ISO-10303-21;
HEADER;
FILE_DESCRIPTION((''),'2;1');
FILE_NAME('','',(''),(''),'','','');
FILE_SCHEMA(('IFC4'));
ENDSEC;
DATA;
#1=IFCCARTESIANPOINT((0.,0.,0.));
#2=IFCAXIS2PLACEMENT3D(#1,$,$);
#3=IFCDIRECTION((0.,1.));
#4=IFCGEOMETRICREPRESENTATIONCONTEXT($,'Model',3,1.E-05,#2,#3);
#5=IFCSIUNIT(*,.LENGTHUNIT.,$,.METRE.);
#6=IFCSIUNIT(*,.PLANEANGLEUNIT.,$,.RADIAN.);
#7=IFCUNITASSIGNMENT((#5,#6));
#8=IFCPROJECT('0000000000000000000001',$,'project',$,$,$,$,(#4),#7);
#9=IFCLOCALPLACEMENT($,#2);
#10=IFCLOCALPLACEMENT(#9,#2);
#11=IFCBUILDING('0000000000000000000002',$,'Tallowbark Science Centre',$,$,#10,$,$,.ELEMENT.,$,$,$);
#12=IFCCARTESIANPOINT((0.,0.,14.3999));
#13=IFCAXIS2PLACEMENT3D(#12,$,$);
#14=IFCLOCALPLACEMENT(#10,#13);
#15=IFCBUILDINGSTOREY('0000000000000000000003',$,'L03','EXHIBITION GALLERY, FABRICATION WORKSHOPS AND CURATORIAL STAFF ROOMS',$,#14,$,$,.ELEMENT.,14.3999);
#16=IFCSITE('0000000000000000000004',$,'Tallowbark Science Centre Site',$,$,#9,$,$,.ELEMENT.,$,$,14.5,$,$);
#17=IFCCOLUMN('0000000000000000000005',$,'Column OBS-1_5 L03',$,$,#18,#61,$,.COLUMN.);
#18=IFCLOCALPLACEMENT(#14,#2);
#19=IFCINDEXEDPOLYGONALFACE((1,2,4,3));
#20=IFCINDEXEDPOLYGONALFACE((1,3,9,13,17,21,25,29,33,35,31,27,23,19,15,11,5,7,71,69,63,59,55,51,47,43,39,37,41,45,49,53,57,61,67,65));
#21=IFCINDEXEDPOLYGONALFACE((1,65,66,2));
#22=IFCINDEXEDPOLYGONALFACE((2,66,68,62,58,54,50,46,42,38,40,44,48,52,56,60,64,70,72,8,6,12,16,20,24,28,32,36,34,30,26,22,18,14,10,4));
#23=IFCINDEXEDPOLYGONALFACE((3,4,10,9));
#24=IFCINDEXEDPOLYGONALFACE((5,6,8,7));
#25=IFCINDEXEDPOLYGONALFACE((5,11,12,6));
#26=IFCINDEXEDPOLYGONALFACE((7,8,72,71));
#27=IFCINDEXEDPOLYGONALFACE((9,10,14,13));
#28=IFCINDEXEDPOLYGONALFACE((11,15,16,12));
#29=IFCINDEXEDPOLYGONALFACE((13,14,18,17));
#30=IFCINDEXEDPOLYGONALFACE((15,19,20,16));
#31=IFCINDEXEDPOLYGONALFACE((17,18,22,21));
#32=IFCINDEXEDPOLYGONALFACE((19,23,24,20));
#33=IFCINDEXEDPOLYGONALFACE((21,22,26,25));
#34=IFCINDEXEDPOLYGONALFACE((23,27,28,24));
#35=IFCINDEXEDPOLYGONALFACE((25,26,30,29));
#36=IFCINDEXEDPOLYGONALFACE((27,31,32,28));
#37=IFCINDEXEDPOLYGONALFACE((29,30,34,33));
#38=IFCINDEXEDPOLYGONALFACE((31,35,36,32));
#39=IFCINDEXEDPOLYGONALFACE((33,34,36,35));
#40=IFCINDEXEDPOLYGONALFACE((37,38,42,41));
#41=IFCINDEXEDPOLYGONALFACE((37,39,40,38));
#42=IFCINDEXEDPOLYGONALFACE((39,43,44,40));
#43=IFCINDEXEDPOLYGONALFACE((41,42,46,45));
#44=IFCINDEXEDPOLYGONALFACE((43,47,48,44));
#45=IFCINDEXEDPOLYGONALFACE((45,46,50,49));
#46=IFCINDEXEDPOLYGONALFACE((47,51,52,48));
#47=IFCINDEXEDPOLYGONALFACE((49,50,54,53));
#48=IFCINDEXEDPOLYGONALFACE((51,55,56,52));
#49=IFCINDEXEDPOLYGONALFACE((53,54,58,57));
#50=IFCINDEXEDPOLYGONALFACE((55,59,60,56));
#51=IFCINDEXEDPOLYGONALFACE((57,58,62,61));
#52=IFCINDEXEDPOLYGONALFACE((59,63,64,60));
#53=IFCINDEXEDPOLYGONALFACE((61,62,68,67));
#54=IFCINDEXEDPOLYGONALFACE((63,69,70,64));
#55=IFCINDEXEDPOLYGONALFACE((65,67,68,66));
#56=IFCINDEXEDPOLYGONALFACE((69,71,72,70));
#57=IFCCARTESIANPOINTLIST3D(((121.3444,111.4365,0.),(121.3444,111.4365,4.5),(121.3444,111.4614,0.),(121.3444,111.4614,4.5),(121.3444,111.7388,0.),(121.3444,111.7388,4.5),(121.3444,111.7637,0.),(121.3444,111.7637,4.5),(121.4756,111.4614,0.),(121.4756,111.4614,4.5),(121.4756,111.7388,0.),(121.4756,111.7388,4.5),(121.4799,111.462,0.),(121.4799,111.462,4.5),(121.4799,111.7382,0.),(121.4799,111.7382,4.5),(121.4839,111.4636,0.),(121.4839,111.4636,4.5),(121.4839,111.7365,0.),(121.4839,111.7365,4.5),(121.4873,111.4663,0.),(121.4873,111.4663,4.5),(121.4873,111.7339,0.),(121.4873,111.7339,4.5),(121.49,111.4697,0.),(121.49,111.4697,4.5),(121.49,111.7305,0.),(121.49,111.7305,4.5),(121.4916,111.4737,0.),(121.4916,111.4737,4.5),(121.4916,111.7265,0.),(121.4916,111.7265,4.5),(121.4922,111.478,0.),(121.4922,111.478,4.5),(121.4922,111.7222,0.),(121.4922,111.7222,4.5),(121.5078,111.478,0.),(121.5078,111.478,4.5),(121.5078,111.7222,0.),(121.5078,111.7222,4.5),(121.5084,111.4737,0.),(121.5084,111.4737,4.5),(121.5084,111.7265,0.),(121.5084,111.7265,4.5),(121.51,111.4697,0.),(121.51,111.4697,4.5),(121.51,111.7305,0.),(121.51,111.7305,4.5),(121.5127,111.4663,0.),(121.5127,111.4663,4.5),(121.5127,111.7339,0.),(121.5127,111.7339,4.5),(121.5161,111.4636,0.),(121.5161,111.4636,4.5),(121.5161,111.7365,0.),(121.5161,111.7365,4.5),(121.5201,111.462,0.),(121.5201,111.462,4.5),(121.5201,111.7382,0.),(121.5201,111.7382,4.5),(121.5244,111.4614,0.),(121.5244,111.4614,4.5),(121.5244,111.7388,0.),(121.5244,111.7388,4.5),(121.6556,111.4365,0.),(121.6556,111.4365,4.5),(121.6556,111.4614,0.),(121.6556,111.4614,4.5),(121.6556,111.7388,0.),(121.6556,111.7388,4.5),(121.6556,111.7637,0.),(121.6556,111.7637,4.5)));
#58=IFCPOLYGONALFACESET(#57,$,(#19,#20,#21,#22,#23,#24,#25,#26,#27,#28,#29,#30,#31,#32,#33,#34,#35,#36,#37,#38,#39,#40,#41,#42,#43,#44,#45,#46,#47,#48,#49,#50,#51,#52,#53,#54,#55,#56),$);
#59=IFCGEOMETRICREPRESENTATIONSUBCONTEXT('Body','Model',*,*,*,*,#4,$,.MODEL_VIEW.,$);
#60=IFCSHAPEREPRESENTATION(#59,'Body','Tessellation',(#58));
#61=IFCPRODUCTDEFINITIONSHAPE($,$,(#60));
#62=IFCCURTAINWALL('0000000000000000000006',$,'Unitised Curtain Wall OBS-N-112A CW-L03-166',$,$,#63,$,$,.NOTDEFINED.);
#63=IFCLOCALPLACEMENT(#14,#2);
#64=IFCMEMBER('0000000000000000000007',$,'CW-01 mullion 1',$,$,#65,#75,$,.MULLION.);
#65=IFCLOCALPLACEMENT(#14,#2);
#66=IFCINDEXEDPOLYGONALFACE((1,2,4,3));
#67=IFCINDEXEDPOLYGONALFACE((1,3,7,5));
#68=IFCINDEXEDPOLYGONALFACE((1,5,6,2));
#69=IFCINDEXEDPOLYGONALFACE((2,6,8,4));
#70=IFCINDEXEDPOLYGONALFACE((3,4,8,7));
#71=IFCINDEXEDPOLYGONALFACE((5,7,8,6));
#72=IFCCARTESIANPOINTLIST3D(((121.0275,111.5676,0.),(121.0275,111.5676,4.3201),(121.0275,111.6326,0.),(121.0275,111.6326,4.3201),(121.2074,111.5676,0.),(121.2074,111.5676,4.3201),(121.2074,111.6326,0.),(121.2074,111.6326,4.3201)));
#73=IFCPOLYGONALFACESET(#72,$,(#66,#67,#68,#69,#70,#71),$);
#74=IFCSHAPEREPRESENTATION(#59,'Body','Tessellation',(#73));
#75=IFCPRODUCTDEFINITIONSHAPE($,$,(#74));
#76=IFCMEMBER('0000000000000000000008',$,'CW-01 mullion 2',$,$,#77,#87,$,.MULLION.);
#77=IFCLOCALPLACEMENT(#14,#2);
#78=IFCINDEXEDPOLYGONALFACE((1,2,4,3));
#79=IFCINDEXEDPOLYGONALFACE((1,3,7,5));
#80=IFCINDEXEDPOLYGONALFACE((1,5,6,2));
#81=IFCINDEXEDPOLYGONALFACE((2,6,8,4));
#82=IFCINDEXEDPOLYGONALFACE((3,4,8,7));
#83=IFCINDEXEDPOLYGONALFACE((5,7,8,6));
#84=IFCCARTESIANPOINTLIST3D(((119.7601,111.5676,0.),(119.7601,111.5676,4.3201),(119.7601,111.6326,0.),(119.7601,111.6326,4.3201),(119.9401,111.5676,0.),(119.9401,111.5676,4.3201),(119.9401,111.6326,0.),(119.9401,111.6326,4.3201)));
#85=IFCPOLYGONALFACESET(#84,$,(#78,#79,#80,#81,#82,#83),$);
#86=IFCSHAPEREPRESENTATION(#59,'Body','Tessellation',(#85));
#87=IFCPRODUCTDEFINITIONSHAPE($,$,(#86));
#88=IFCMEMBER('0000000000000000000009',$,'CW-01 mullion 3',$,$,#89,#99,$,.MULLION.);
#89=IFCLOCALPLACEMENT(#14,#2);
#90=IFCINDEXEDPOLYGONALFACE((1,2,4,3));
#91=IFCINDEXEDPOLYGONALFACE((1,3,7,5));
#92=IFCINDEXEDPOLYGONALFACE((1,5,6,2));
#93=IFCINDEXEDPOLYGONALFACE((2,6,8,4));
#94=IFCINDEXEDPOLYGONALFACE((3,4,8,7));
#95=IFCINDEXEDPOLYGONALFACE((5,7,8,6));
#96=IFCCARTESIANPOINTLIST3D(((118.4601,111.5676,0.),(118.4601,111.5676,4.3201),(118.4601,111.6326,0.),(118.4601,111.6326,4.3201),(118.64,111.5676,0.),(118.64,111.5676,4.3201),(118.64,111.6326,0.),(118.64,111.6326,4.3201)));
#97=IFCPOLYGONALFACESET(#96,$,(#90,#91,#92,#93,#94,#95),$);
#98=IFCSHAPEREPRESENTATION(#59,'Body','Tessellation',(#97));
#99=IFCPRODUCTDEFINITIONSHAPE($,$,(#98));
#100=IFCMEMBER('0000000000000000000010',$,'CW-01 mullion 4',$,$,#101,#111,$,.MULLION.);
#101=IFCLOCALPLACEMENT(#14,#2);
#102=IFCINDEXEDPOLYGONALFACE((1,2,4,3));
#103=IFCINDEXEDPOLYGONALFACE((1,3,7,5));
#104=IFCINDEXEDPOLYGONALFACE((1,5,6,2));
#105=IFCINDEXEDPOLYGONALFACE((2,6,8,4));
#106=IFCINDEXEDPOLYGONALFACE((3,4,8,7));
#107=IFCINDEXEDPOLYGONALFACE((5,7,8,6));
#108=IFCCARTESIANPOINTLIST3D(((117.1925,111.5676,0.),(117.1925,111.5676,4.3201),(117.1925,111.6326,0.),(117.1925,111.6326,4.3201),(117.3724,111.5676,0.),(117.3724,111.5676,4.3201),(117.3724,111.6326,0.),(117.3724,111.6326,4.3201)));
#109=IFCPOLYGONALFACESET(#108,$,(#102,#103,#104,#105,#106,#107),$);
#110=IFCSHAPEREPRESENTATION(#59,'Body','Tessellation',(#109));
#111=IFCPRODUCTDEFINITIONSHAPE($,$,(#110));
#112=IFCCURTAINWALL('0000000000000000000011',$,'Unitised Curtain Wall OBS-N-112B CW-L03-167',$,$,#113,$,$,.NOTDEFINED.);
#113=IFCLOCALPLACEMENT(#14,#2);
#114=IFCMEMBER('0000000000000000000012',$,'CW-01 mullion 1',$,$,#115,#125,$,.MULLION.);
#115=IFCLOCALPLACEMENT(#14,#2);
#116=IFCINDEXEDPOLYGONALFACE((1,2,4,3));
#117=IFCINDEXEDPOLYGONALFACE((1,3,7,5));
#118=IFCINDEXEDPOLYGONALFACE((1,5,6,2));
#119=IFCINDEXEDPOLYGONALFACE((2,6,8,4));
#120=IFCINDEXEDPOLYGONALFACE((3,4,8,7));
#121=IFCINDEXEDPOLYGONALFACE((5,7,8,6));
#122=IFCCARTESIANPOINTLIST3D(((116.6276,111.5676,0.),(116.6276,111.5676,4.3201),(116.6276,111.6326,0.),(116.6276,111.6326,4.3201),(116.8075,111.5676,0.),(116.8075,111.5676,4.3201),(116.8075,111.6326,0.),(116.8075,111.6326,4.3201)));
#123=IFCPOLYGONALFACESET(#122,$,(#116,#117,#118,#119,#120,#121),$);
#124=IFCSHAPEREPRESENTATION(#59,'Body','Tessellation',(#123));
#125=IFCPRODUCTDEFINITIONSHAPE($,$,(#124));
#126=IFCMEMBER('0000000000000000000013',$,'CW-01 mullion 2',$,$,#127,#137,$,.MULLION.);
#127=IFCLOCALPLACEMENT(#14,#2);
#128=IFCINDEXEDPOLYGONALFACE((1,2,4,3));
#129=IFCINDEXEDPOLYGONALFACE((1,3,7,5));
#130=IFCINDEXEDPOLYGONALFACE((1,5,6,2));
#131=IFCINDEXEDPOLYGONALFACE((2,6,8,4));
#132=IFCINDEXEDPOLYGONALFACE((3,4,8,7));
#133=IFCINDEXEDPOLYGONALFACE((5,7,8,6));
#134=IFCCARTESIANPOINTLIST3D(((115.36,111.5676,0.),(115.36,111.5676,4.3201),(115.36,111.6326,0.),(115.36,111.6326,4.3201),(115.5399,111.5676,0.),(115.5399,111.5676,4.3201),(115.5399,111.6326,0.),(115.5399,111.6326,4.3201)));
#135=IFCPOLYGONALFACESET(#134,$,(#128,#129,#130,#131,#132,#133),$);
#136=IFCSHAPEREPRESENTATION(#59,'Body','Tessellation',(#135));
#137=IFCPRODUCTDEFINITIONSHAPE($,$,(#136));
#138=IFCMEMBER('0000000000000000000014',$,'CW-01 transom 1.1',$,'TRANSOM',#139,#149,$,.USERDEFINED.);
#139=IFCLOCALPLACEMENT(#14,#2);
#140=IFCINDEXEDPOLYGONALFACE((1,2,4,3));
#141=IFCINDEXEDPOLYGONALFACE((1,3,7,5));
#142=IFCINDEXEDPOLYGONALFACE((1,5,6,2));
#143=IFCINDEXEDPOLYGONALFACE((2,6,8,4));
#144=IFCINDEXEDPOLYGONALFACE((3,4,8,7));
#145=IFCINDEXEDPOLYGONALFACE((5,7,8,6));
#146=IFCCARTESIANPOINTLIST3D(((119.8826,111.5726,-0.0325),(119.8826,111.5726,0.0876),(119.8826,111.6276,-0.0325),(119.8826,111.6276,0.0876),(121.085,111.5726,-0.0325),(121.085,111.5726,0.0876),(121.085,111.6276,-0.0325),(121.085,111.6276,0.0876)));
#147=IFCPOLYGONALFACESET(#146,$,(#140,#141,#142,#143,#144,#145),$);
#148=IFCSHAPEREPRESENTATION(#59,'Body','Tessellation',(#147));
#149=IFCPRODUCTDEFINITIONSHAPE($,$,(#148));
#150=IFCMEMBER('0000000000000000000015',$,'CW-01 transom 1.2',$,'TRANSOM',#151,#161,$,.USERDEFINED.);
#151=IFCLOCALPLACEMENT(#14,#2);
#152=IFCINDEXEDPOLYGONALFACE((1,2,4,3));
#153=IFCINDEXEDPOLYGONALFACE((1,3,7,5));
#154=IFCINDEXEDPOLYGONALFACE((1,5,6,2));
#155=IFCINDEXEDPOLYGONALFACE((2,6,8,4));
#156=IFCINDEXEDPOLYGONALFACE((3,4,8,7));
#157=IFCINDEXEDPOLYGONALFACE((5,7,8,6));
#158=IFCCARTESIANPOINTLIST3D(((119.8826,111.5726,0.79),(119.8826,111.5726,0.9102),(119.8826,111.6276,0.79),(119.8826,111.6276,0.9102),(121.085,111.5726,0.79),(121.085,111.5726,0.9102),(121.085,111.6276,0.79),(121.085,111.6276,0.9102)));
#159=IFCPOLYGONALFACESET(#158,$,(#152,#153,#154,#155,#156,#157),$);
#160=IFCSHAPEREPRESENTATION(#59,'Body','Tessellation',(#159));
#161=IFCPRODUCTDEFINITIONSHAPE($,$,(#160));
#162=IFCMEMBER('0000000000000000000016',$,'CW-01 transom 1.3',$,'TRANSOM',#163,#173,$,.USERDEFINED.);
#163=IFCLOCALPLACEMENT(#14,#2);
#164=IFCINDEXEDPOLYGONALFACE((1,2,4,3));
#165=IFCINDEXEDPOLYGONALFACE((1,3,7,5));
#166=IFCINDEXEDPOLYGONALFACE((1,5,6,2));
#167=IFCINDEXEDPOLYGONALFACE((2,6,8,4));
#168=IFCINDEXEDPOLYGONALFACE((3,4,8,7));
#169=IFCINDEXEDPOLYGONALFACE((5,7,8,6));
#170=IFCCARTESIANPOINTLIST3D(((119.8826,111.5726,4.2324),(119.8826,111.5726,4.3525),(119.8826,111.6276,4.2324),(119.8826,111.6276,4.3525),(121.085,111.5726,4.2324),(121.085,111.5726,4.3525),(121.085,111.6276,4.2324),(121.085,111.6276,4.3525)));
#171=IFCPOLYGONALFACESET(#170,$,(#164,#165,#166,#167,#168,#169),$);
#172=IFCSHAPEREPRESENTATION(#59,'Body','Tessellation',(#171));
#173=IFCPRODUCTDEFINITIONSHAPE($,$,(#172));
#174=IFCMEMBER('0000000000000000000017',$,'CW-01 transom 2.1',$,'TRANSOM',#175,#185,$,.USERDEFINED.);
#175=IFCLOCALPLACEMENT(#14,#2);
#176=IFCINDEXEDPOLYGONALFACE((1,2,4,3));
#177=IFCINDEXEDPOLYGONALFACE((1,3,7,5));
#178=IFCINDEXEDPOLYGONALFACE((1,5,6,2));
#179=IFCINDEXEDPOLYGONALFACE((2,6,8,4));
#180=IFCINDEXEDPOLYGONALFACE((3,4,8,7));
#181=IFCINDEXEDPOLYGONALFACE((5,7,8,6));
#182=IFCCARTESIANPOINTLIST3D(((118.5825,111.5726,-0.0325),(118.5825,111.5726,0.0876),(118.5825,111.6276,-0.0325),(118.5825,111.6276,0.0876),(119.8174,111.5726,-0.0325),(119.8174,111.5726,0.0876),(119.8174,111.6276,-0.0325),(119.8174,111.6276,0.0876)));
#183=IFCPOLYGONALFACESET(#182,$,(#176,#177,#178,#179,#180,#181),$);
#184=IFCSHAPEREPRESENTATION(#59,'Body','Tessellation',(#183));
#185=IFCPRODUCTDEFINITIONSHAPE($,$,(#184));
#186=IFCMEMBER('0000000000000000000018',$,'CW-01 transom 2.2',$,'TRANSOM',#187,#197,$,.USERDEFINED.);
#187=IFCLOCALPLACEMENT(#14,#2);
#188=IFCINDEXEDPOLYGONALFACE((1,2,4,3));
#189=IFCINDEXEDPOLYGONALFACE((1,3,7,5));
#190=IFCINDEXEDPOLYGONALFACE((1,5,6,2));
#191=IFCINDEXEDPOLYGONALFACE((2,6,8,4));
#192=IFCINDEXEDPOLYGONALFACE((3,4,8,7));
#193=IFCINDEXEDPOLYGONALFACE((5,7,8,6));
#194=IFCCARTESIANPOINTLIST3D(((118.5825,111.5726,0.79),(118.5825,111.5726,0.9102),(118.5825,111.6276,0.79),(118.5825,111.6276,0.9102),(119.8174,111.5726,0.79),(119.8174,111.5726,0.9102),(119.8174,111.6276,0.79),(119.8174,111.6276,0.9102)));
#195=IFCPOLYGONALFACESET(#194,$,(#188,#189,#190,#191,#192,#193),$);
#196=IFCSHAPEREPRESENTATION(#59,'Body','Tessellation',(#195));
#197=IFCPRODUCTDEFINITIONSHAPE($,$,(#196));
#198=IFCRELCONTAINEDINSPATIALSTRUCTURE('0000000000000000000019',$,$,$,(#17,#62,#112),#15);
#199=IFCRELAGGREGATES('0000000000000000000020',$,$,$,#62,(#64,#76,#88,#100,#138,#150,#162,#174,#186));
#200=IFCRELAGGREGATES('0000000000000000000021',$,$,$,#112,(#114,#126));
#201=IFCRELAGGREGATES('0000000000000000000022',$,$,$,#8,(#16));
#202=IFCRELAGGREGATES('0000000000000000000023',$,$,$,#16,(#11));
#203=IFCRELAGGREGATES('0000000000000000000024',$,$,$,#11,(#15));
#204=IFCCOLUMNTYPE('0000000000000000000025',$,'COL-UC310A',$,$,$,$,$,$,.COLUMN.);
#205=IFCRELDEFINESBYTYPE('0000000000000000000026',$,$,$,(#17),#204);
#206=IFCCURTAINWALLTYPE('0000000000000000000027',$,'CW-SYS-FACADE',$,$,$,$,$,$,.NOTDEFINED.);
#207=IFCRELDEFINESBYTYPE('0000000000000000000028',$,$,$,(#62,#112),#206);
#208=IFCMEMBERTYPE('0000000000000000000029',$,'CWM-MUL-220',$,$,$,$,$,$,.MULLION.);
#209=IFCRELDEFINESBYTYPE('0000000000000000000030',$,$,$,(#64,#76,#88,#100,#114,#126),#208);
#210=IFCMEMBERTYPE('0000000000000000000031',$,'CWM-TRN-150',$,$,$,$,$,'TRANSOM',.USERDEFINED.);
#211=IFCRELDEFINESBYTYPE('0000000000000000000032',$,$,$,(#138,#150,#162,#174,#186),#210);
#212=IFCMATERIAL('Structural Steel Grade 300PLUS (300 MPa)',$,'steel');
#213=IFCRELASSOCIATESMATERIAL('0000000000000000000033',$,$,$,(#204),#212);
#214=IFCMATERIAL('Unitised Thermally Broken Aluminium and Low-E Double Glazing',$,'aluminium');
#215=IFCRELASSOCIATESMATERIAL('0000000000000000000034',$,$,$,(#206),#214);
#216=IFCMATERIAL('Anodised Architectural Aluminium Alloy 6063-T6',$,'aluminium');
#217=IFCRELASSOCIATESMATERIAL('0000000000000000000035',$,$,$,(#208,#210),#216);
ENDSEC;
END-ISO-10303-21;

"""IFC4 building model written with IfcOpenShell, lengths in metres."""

from ifc_helpers import new_model, si_unit, direction, frame, origin, origin_2d, place, context, subcontext, project, spatial, rectangle, i_section, extrude, material, material_profile, profile_set, type_object, element, aggregate, save


model = new_model("IFC4")

# Units and contexts
model_context = context("Model", 3, precision=1e-05, world=origin(), true_north=direction((0.0, 1.0)))
body_context = subcontext(model_context, "Body", "Model", "MODEL_VIEW")
ifc_project = project(units=[si_unit("LENGTHUNIT", "METRE"), si_unit("PLANEANGLEUNIT", "RADIAN")], contexts=[model_context])

# Site, building, storey
site_placement = place(None, origin())
site = spatial("IfcSite", under=ifc_project, at=site_placement, Name="Tallowbark Science Centre Site", CompositionType="ELEMENT", RefElevation=14.5)
building_placement = place(site_placement, origin())
building = spatial("IfcBuilding", under=site, at=building_placement, Name="Tallowbark Science Centre", CompositionType="ELEMENT")
storey_placement = place(building_placement, frame((0.0, 0.0, 14.3999)))
storey = spatial("IfcBuildingStorey", under=building, at=storey_placement, Name="L03", Description="EXHIBITION GALLERY, FABRICATION WORKSHOPS AND CURATORIAL STAFF ROOMS", CompositionType="ELEMENT", Elevation=14.3999)

# Column
ifc_material_1 = material(Name="Structural Steel Grade 300PLUS (300 MPa)", Category="steel")
ifc_material_profile_1 = material_profile(ifc_material_1, i_section(OverallWidth=0.3113, OverallDepth=0.3271, WebThickness=0.0156, FlangeThickness=0.0249, FilletRadius=0.0166, at=origin_2d()), Name="310UC158")
ifc_profile_set_1 = profile_set([ifc_material_profile_1], Name="Structural Steel Grade 300PLUS (300 MPa)")
column_type = type_object("IfcColumnType", Name="COL-UC310A", PredefinedType="COLUMN", material=ifc_profile_set_1)
column_placement = place(storey_placement, frame((121.5, 111.6001, 0.0), z_axis=(0.0, 0.0, 1.0), x_axis=(1.0, 0.0, 0.0)))
element("IfcColumn", 1, at=column_placement, inside=storey, type_object=column_type, Name="Column OBS-1_5 L03", PredefinedType="COLUMN", context=body_context, shape_type="SweptSolid", body=[
    extrude(i_section(OverallWidth=0.3113, OverallDepth=0.3271, WebThickness=0.0156, FlangeThickness=0.0249, FilletRadius=0.0166, at=origin_2d()), origin(), (0.0, 0.0, 1.0), 4.5),
])

# Curtain walls, members
ifc_material_2 = material(Name="Unitised Thermally Broken Aluminium and Low-E Double Glazing", Category="aluminium")
curtain_wall_type = type_object("IfcCurtainWallType", Name="CW-SYS-FACADE", PredefinedType="NOTDEFINED", material=ifc_material_2)
curtain_wall_1_placement = place(storey_placement, origin())
curtain_wall_1 = element("IfcCurtainWall", 2, at=curtain_wall_1_placement, inside=storey, type_object=curtain_wall_type, Name="Unitised Curtain Wall OBS-N-112A CW-L03-166", PredefinedType="NOTDEFINED")
ifc_material_3 = material(Name="Anodised Architectural Aluminium Alloy 6063-T6", Category="aluminium")
ifc_material_profile_2 = material_profile(ifc_material_3, rectangle(XDim=0.0649, YDim=0.1799, at=origin_2d()), Name="ALU65x180")
ifc_profile_set_2 = profile_set([ifc_material_profile_2], Name="Anodised Architectural Aluminium Alloy 6063-T6")
member_type_1 = type_object("IfcMemberType", Name="CWM-MUL-220", PredefinedType="MULLION", material=ifc_profile_set_2)
member_1_placement = place(storey_placement, frame((121.1174, 111.6001, 0.0), z_axis=(0.0, 0.0, 1.0), x_axis=(0.0, -1.0, 0.0)))
member_1 = element("IfcMember", 3, at=member_1_placement, type_object=member_type_1, Name="CW-01 mullion 1", PredefinedType="MULLION", context=body_context, shape_type="SweptSolid", body=[
    extrude(rectangle(XDim=0.0649, YDim=0.1799, at=origin_2d()), origin(), (0.0, 0.0, 1.0), 4.3201),
])
member_2_placement = place(storey_placement, frame((119.8501, 111.6001, 0.0), z_axis=(0.0, 0.0, 1.0), x_axis=(0.0, -1.0, 0.0)))
member_2 = element("IfcMember", 4, at=member_2_placement, type_object=member_type_1, Name="CW-01 mullion 2", PredefinedType="MULLION", context=body_context, shape_type="SweptSolid", body=[
    extrude(rectangle(XDim=0.0649, YDim=0.1799, at=origin_2d()), origin(), (0.0, 0.0, 1.0), 4.3201),
])
member_3_placement = place(storey_placement, frame((118.55, 111.6001, 0.0), z_axis=(0.0, 0.0, 1.0), x_axis=(0.0, -1.0, 0.0)))
member_3 = element("IfcMember", 5, at=member_3_placement, type_object=member_type_1, Name="CW-01 mullion 3", PredefinedType="MULLION", context=body_context, shape_type="SweptSolid", body=[
    extrude(rectangle(XDim=0.0649, YDim=0.1799, at=origin_2d()), origin(), (0.0, 0.0, 1.0), 4.3201),
])
member_4_placement = place(storey_placement, frame((117.2825, 111.6001, 0.0), z_axis=(0.0, 0.0, 1.0), x_axis=(0.0, -1.0, 0.0)))
member_4 = element("IfcMember", 6, at=member_4_placement, type_object=member_type_1, Name="CW-01 mullion 4", PredefinedType="MULLION", context=body_context, shape_type="SweptSolid", body=[
    extrude(rectangle(XDim=0.0649, YDim=0.1799, at=origin_2d()), origin(), (0.0, 0.0, 1.0), 4.3201),
])
curtain_wall_2_placement = place(storey_placement, origin())
curtain_wall_2 = element("IfcCurtainWall", 7, at=curtain_wall_2_placement, inside=storey, type_object=curtain_wall_type, Name="Unitised Curtain Wall OBS-N-112B CW-L03-167", PredefinedType="NOTDEFINED")
member_5_placement = place(storey_placement, frame((116.7175, 111.6001, 0.0), z_axis=(0.0, 0.0, 1.0), x_axis=(0.0, -1.0, 0.0)))
member_5 = element("IfcMember", 8, at=member_5_placement, type_object=member_type_1, Name="CW-01 mullion 1", PredefinedType="MULLION", context=body_context, shape_type="SweptSolid", body=[
    extrude(rectangle(XDim=0.0649, YDim=0.1799, at=origin_2d()), origin(), (0.0, 0.0, 1.0), 4.3201),
])
member_6_placement = place(storey_placement, frame((115.45, 111.6001, 0.0), z_axis=(0.0, 0.0, 1.0), x_axis=(0.0, -1.0, 0.0)))
member_6 = element("IfcMember", 9, at=member_6_placement, type_object=member_type_1, Name="CW-01 mullion 2", PredefinedType="MULLION", context=body_context, shape_type="SweptSolid", body=[
    extrude(rectangle(XDim=0.0649, YDim=0.1799, at=origin_2d()), origin(), (0.0, 0.0, 1.0), 4.3201),
])

# Members
ifc_material_profile_3 = material_profile(ifc_material_3, rectangle(XDim=0.0549, YDim=0.1201, at=origin_2d()), Name="ALU55x120")
ifc_profile_set_3 = profile_set([ifc_material_profile_3], Name="Anodised Architectural Aluminium Alloy 6063-T6")
member_type_2 = type_object("IfcMemberType", Name="CWM-TRN-150", ElementType="TRANSOM", PredefinedType="USERDEFINED", material=ifc_profile_set_3)
member_7_placement = place(storey_placement, frame((121.085, 111.6001, 0.0276), z_axis=(-1.0, 0.0, 0.0), x_axis=(0.0, -1.0, 0.0)))
member_7 = element("IfcMember", 10, at=member_7_placement, type_object=member_type_2, Name="CW-01 transom 1.1", ObjectType="TRANSOM", PredefinedType="USERDEFINED", context=body_context, shape_type="SweptSolid", body=[
    extrude(rectangle(XDim=0.0549, YDim=0.1201, at=origin_2d()), origin(), (0.0, 0.0, 1.0), 1.2024),
])
member_8_placement = place(storey_placement, frame((121.085, 111.6001, 0.8501), z_axis=(-1.0, 0.0, 0.0), x_axis=(0.0, -1.0, 0.0)))
member_8 = element("IfcMember", 11, at=member_8_placement, type_object=member_type_2, Name="CW-01 transom 1.2", ObjectType="TRANSOM", PredefinedType="USERDEFINED", context=body_context, shape_type="SweptSolid", body=[
    extrude(rectangle(XDim=0.0549, YDim=0.1201, at=origin_2d()), origin(), (0.0, 0.0, 1.0), 1.2024),
])
member_9_placement = place(storey_placement, frame((121.085, 111.6001, 4.2925), z_axis=(-1.0, 0.0, 0.0), x_axis=(0.0, -1.0, 0.0)))
member_9 = element("IfcMember", 12, at=member_9_placement, type_object=member_type_2, Name="CW-01 transom 1.3", ObjectType="TRANSOM", PredefinedType="USERDEFINED", context=body_context, shape_type="SweptSolid", body=[
    extrude(rectangle(XDim=0.0549, YDim=0.1201, at=origin_2d()), origin(), (0.0, 0.0, 1.0), 1.2024),
])
member_10_placement = place(storey_placement, frame((119.8174, 111.6001, 0.0276), z_axis=(-1.0, 0.0, 0.0), x_axis=(0.0, -1.0, 0.0)))
member_10 = element("IfcMember", 13, at=member_10_placement, type_object=member_type_2, Name="CW-01 transom 2.1", ObjectType="TRANSOM", PredefinedType="USERDEFINED", context=body_context, shape_type="SweptSolid", body=[
    extrude(rectangle(XDim=0.0549, YDim=0.1201, at=origin_2d()), origin(), (0.0, 0.0, 1.0), 1.2349),
])
member_11_placement = place(storey_placement, frame((119.8174, 111.6001, 0.8501), z_axis=(-1.0, 0.0, 0.0), x_axis=(0.0, -1.0, 0.0)))
member_11 = element("IfcMember", 14, at=member_11_placement, type_object=member_type_2, Name="CW-01 transom 2.2", ObjectType="TRANSOM", PredefinedType="USERDEFINED", context=body_context, shape_type="SweptSolid", body=[
    extrude(rectangle(XDim=0.0549, YDim=0.1201, at=origin_2d()), origin(), (0.0, 0.0, 1.0), 1.2349),
])

aggregate(curtain_wall_1, [member_1, member_2, member_3, member_4, member_7, member_8, member_9, member_10, member_11])
aggregate(curtain_wall_2, [member_5, member_6])

save(model, "model.ifc")
